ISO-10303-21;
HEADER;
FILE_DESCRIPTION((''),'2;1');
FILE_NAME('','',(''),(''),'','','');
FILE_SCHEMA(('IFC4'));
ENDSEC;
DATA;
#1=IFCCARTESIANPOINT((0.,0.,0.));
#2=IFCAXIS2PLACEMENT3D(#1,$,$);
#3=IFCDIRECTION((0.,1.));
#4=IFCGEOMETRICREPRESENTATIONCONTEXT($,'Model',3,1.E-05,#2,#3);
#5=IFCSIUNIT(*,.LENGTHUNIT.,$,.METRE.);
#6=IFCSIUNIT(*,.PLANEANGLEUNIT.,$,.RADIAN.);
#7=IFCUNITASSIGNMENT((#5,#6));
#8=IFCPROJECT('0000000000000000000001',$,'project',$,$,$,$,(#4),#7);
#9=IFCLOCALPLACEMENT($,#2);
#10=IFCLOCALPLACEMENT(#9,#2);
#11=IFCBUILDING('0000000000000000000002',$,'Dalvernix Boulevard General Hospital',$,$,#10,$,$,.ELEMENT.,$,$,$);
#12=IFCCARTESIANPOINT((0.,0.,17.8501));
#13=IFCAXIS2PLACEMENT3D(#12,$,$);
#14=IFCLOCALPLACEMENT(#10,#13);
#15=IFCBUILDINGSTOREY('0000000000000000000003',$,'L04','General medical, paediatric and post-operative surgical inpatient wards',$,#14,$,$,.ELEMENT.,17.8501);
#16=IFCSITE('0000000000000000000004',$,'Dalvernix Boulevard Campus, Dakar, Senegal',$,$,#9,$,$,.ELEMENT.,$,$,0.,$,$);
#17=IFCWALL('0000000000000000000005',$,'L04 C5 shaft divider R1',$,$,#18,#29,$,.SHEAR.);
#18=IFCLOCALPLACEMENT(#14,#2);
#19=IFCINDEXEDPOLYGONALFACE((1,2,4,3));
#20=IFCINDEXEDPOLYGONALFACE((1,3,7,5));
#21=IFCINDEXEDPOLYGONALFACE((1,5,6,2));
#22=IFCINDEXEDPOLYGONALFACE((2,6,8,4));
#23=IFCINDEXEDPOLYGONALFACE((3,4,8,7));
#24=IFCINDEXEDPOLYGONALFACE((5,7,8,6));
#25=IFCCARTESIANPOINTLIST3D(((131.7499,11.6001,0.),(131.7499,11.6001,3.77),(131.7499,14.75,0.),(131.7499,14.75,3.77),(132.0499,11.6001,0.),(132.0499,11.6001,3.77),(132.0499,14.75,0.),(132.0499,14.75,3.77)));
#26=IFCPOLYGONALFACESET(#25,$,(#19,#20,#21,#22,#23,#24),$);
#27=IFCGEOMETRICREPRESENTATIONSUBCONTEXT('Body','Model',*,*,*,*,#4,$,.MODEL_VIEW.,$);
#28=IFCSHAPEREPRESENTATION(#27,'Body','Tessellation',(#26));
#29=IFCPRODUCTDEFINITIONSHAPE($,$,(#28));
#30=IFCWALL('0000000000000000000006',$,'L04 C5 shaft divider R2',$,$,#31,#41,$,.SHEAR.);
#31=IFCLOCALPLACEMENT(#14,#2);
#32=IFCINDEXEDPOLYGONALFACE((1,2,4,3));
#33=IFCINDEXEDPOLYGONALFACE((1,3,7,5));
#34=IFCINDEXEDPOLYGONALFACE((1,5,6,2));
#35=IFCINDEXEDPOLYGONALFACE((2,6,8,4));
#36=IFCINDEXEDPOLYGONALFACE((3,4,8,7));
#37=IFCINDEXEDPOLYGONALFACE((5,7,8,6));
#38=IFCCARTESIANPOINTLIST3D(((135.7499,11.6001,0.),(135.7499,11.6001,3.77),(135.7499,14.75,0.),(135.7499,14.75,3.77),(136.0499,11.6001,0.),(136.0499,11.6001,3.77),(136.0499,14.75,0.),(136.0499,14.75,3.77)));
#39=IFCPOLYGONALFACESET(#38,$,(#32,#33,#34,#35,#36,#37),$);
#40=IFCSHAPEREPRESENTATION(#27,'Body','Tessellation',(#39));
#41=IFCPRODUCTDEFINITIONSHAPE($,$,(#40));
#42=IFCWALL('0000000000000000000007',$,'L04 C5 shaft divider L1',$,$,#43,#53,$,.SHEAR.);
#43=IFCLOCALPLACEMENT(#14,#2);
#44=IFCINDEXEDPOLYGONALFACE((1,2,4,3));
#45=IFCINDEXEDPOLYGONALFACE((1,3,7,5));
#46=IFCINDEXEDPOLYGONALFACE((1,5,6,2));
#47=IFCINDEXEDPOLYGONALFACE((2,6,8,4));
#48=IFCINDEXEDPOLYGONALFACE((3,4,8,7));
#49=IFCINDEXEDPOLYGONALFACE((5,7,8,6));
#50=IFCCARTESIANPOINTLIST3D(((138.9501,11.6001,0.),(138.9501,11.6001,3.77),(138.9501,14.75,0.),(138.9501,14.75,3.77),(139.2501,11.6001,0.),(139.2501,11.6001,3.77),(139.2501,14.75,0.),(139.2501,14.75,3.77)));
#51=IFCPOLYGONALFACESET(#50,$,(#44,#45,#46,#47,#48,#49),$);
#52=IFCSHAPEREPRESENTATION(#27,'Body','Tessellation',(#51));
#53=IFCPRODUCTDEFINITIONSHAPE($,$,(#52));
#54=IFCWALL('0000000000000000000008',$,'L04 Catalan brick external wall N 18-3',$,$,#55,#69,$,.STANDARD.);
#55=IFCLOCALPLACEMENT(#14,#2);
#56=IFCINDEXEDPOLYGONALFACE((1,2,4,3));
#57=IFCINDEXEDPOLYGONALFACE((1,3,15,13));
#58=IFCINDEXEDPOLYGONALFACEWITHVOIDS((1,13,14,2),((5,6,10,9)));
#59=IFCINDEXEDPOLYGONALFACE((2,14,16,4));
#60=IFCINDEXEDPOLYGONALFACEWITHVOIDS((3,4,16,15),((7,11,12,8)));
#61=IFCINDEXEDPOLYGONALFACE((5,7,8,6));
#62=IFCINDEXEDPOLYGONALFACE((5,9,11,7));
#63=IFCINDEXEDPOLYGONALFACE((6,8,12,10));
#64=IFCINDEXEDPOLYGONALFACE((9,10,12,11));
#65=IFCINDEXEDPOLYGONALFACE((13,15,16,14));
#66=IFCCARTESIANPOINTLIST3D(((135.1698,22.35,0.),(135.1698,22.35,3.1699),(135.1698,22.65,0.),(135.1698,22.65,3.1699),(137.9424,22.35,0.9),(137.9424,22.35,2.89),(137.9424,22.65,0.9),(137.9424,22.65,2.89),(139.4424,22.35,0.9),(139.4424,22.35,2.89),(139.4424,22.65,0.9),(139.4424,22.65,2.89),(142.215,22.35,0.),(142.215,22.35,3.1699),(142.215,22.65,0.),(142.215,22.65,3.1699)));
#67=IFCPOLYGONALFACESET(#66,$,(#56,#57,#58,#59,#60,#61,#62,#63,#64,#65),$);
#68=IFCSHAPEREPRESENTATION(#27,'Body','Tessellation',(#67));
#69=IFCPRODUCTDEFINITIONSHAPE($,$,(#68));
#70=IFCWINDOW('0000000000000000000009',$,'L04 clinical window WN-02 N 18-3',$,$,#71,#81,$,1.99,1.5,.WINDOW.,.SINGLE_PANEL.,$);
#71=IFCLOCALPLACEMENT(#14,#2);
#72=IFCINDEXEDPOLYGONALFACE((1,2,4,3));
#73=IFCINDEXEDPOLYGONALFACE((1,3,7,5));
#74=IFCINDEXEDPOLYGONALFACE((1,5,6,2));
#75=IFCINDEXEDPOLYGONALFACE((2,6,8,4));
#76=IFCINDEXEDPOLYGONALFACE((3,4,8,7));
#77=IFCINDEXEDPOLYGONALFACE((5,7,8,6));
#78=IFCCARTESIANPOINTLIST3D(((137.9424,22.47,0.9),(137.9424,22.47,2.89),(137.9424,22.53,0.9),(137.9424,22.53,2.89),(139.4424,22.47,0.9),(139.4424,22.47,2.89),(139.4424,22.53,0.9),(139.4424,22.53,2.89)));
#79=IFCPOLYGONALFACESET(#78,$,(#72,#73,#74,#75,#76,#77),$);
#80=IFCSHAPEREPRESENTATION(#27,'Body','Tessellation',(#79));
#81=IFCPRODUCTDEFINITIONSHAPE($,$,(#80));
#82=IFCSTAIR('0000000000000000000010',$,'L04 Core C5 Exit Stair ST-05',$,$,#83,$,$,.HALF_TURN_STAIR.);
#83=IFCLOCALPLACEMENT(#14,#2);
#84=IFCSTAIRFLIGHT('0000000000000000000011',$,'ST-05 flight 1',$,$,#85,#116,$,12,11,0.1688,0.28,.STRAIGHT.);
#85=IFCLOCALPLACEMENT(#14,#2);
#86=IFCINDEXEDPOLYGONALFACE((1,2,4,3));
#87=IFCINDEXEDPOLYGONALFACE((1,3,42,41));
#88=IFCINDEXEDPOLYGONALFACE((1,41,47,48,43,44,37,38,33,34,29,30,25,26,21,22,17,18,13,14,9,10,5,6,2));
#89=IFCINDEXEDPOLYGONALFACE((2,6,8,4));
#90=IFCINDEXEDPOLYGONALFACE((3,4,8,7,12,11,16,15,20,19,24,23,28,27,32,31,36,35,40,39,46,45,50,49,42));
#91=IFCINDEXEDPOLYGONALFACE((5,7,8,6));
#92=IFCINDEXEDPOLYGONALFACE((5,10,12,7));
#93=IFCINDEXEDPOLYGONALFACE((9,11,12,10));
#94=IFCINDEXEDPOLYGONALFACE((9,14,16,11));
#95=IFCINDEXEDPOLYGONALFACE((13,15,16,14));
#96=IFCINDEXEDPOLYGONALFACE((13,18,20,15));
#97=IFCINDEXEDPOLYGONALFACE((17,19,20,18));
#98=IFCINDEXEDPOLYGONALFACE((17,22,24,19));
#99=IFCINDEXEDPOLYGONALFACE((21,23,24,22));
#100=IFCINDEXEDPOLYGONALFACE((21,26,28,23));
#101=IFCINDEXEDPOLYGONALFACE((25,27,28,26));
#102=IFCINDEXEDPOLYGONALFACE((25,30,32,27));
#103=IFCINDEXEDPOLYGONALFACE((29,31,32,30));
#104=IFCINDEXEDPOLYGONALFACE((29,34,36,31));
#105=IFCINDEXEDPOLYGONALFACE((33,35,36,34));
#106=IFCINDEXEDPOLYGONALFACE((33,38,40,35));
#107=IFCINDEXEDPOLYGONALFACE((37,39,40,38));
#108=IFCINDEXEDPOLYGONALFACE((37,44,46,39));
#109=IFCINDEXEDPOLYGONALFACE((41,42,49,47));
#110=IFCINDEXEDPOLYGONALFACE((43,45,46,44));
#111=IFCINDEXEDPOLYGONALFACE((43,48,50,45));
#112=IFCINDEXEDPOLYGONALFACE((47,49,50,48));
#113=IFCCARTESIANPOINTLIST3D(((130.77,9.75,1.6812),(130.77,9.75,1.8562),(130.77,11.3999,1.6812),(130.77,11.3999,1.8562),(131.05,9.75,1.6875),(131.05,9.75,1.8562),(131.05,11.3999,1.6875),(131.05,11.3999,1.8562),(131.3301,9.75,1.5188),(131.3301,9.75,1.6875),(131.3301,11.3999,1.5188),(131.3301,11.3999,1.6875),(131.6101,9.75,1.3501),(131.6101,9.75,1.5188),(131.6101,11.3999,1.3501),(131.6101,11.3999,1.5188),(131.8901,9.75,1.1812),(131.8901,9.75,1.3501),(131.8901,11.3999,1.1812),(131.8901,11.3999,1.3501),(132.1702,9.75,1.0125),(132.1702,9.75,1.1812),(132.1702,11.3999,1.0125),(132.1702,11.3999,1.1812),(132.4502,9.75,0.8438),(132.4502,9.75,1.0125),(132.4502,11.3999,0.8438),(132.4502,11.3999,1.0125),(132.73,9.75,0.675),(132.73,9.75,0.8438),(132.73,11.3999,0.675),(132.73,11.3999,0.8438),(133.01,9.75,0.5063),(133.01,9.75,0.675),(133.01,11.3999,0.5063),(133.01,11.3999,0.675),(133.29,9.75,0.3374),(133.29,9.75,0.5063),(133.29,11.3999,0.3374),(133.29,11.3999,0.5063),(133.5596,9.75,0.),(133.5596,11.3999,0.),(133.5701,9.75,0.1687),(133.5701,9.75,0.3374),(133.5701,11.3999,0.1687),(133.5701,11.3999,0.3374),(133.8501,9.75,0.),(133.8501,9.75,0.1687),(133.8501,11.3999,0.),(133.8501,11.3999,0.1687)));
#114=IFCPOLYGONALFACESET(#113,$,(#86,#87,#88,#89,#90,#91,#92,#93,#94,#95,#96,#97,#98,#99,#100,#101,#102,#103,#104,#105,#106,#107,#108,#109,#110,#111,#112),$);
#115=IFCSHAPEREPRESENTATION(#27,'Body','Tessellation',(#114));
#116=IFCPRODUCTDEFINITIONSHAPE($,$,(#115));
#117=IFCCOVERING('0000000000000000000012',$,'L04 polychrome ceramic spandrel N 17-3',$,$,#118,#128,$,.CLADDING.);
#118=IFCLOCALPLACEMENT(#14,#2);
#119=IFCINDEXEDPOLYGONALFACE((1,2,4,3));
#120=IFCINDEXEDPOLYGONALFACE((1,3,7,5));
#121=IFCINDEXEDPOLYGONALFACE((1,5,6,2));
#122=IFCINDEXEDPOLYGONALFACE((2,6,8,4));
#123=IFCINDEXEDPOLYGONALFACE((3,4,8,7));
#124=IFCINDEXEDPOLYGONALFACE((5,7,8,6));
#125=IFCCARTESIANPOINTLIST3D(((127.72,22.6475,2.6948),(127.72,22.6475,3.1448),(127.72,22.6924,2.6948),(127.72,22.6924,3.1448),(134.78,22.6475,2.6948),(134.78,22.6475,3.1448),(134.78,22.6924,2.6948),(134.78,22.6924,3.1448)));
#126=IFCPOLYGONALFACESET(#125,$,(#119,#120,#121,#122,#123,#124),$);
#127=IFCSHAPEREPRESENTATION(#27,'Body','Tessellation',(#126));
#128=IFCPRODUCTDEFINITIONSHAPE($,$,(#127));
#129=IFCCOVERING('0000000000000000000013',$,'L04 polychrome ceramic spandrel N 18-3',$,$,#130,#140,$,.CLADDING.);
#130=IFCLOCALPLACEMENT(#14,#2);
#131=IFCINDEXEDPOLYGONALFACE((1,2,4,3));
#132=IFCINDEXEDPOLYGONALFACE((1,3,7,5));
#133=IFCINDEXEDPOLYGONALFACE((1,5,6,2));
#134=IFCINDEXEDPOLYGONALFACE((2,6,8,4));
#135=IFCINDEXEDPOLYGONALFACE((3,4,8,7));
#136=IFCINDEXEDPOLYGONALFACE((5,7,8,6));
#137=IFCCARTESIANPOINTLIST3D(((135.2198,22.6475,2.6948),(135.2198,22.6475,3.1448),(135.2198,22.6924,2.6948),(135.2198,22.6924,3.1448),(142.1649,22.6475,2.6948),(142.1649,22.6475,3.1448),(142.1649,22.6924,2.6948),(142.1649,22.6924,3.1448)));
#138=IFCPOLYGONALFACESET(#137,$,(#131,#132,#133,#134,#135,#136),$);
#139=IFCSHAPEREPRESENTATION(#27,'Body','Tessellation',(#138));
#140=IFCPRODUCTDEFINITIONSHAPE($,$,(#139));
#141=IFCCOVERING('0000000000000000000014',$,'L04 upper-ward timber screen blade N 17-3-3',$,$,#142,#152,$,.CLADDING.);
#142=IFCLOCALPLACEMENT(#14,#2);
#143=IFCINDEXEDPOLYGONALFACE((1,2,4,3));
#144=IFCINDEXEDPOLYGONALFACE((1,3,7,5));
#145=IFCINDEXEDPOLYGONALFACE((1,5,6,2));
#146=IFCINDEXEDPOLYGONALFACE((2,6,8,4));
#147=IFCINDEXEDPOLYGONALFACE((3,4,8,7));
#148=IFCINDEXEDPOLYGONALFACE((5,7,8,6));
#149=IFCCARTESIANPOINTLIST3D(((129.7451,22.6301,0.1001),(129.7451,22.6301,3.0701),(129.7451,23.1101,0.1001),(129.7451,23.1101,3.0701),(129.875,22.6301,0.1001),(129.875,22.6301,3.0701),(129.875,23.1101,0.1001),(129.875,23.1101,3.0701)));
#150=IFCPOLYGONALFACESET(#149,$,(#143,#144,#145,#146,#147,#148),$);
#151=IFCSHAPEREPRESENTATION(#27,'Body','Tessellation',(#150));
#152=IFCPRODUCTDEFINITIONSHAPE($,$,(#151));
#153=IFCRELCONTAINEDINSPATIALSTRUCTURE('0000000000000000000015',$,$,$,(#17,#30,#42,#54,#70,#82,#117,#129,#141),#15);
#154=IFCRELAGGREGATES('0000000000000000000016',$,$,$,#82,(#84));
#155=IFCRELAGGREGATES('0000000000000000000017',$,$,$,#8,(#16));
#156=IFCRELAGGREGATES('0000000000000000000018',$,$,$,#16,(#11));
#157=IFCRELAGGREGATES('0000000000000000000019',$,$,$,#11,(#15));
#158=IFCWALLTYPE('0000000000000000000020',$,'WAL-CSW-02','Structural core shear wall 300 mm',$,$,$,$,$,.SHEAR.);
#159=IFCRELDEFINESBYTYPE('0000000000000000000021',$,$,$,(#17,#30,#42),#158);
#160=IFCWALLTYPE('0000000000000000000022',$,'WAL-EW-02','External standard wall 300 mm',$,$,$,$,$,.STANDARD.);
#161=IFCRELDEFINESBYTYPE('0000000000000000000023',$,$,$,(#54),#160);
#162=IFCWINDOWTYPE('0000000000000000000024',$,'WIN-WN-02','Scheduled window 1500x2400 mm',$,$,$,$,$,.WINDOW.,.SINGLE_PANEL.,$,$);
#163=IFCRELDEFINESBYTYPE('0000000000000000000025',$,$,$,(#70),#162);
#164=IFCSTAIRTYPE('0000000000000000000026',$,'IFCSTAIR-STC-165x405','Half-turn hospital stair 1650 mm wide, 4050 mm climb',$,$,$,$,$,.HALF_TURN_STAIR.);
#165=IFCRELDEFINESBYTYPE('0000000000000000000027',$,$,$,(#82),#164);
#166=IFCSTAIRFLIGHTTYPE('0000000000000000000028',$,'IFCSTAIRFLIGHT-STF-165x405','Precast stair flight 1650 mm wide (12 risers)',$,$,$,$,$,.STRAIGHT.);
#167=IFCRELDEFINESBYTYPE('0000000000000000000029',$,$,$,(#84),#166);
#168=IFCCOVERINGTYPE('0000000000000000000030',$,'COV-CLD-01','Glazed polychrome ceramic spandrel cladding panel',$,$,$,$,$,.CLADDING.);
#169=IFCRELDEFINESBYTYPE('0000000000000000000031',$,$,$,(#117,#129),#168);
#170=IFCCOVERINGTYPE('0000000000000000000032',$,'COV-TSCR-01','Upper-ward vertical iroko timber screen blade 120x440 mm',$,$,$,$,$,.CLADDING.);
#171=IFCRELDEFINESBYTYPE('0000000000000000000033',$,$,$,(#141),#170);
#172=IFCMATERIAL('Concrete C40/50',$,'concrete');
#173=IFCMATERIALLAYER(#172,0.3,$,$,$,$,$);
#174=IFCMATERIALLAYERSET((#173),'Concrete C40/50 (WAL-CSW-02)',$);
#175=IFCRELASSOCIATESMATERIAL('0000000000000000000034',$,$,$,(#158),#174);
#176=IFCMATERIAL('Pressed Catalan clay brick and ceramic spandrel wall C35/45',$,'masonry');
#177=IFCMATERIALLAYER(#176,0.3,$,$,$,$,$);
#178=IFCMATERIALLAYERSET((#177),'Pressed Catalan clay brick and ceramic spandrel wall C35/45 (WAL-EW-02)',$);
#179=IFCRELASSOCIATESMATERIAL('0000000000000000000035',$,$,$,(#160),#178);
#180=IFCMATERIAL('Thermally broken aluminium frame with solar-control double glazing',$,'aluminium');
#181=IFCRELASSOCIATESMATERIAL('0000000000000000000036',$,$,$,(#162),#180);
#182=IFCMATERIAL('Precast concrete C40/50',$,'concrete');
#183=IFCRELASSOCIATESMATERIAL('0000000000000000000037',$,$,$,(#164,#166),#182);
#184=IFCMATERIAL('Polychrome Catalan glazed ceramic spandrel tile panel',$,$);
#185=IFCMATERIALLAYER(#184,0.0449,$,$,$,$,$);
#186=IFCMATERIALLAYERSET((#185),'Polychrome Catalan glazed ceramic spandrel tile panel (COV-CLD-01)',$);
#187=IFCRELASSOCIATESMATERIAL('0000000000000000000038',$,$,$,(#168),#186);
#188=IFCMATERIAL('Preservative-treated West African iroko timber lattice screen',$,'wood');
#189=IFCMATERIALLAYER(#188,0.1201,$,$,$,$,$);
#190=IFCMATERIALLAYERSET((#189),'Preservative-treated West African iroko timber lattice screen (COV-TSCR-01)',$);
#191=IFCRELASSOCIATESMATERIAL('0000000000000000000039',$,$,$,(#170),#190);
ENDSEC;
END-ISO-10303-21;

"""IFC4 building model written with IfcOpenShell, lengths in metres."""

from ifc_helpers import new_model, si_unit, direction, frame, frame_2d, origin, origin_2d, place, context, subcontext, project, spatial, polyline, rectangle, outline, extrude, material, layer, layer_set, type_object, element, fill, aggregate, save


model = new_model("IFC4")

# Units and contexts
model_context = context("Model", 3, precision=1e-05, world=origin(), true_north=direction((0.0, 1.0)))
body_context = subcontext(model_context, "Body", "Model", "MODEL_VIEW")
ifc_project = project(units=[si_unit("LENGTHUNIT", "METRE"), si_unit("PLANEANGLEUNIT", "RADIAN")], contexts=[model_context])

# Site, building, storey
site_placement = place(None, origin())
site = spatial("IfcSite", under=ifc_project, at=site_placement, Name="Dalvernix Boulevard Campus, Dakar, Senegal", CompositionType="ELEMENT", RefElevation=0.0)
building_placement = place(site_placement, origin())
building = spatial("IfcBuilding", under=site, at=building_placement, Name="Dalvernix Boulevard General Hospital", CompositionType="ELEMENT")
storey_placement = place(building_placement, frame((0.0, 0.0, 17.8501)))
storey = spatial("IfcBuildingStorey", under=building, at=storey_placement, Name="L04", Description="General medical, paediatric and post-operative surgical inpatient wards", CompositionType="ELEMENT", Elevation=17.8501)

# Shared definitions
ifc_material_1 = material(Name="Concrete C40/50", Category="concrete")

# Shared definitions
ifc_layer_1 = layer(ifc_material_1, 0.3)
ifc_layer_set_1 = layer_set([ifc_layer_1], Name="Concrete C40/50 (WAL-CSW-02)")
wall_type_1 = type_object("IfcWallType", Name="WAL-CSW-02", Description="Structural core shear wall 300 mm", PredefinedType="SHEAR", material=ifc_layer_set_1)

# Walls
for number, where, z_axis, x_axis, name in (
    (1, (131.8999, 11.6001, 0.0), (0.0, 0.0, 1.0), (0.0, 1.0, 0.0), "L04 C5 shaft divider R1"),
    (2, (135.8999, 11.6001, 0.0), (0.0, 0.0, 1.0), (0.0, 1.0, 0.0), "L04 C5 shaft divider R2"),
    (3, (139.1001, 11.6001, 0.0), (0.0, 0.0, 1.0), (0.0, 1.0, 0.0), "L04 C5 shaft divider L1"),
):
    element("IfcWall", number, at=place(storey_placement, frame(where, z_axis=z_axis, x_axis=x_axis)), inside=storey, type_object=wall_type_1, Name=name, PredefinedType="SHEAR", context=body_context, shape_type="SweptSolid", body=[
        extrude(rectangle(XDim=3.1499, YDim=0.3, at=frame_2d((1.575, 0.0))), origin(), (0.0, 0.0, 1.0), 3.77),
    ])

# Wall, opening, window
ifc_material_2 = material(Name="Pressed Catalan clay brick and ceramic spandrel wall C35/45", Category="masonry")
ifc_layer_2 = layer(ifc_material_2, 0.3)
ifc_layer_set_2 = layer_set([ifc_layer_2], Name="Pressed Catalan clay brick and ceramic spandrel wall C35/45 (WAL-EW-02)")
wall_type_2 = type_object("IfcWallType", Name="WAL-EW-02", Description="External standard wall 300 mm", PredefinedType="STANDARD", material=ifc_layer_set_2)
wall_1_placement = place(storey_placement, frame((135.1699, 22.5, 0.0), z_axis=(0.0, 0.0, 1.0), x_axis=(1.0, 0.0, 0.0)))
wall_1 = element("IfcWall", 4, at=wall_1_placement, inside=storey, type_object=wall_type_2, Name="L04 Catalan brick external wall N 18-3", PredefinedType="STANDARD", context=body_context, shape_type="SweptSolid", body=[
    extrude(rectangle(XDim=7.0452, YDim=0.3, at=frame_2d((3.5225, 0.0))), origin(), (0.0, 0.0, 1.0), 3.1699),
])
opening_1_placement = place(wall_1_placement, frame((2.7725, 0.0, 0.8999)))
opening_1 = element("IfcOpeningElement", 5, at=opening_1_placement, cuts=wall_1, PredefinedType="OPENING", context=body_context, shape_type="SweptSolid", body=[
    extrude(rectangle(XDim=1.5, YDim=1.99, at=frame_2d((0.75, 0.9951))), frame((0.0, 0.1599, 0.0), z_axis=(0.0, -1.0, 0.0), x_axis=(1.0, 0.0, 0.0)), (0.0, 0.0, 1.0), 0.3201),
])
ifc_material_3 = material(Name="Thermally broken aluminium frame with solar-control double glazing", Category="aluminium")
window_type = type_object("IfcWindowType", Name="WIN-WN-02", Description="Scheduled window 1500x2400 mm", PartitioningType="SINGLE_PANEL", PredefinedType="WINDOW", material=ifc_material_3)
window_placement = place(opening_1_placement, origin())
window = element("IfcWindow", 6, at=window_placement, inside=storey, type_object=window_type, Name="L04 clinical window WN-02 N 18-3", OverallHeight=1.99, OverallWidth=1.5, PartitioningType="SINGLE_PANEL", PredefinedType="WINDOW", context=body_context, shape_type="SweptSolid", body=[
    extrude(rectangle(XDim=1.5, YDim=1.99, at=frame_2d((0.75, 0.9951))), frame((0.0, 0.03, 0.0), z_axis=(0.0, -1.0, 0.0), x_axis=(1.0, 0.0, 0.0)), (0.0, 0.0, 1.0), 0.0601),
])
fill(opening_1, window)

# Stair, stair flight
ifc_material_4 = material(Name="Precast concrete C40/50", Category="concrete")
stair_type = type_object("IfcStairType", Name="IFCSTAIR-STC-165x405", Description="Half-turn hospital stair 1650 mm wide, 4050 mm climb", PredefinedType="HALF_TURN_STAIR", material=ifc_material_4)
stair_placement = place(storey_placement, origin())
stair = element("IfcStair", 7, at=stair_placement, inside=storey, type_object=stair_type, Name="L04 Core C5 Exit Stair ST-05", PredefinedType="HALF_TURN_STAIR")
stair_flight_type = type_object("IfcStairFlightType", Name="IFCSTAIRFLIGHT-STF-165x405", Description="Precast stair flight 1650 mm wide (12 risers)", PredefinedType="STRAIGHT", material=ifc_material_4)
stair_flight_placement = place(storey_placement, frame((133.8501, 10.575, 0.0), z_axis=(0.0, 0.0, 1.0), x_axis=(-1.0, 0.0, 0.0)))
stair_flight = element("IfcStairFlight", 8, at=stair_flight_placement, type_object=stair_flight_type, Name="ST-05 flight 1", NumberOfRisers=12, NumberOfTreads=11, PredefinedType="STRAIGHT", RiserHeight=0.1688, TreadLength=0.28, context=body_context, shape_type="SweptSolid", body=[
    extrude(outline(polyline([(0.0, 0.0), (0.0, 0.1687), (0.28, 0.1687), (0.28, 0.3374), (0.5601, 0.3374), (0.5601, 0.5063), (0.8401, 0.5063), (0.8401, 0.675), (1.1201, 0.675), (1.1201, 0.8438), (1.3999, 0.8438), (1.3999, 1.0125), (1.6799, 1.0125), (1.6799, 1.1812), (1.96, 1.1812), (1.96, 1.3501), (2.24, 1.3501), (2.24, 1.5188), (2.52, 1.5188), (2.52, 1.6875), (2.8, 1.6875), (2.8, 1.8562), (3.0801, 1.8562), (3.0801, 2.0249), (3.0801, 1.6812), (0.2905, 0.0), (0.0, 0.0)])), frame((0.0, 0.825, 0.0), z_axis=(0.0, -1.0, 0.0), x_axis=(1.0, 0.0, 0.0)), (0.0, 0.0, 1.0), 1.6499),
])
aggregate(stair, [stair_flight])

# Coverings
ifc_material_5 = material(Name="Polychrome Catalan glazed ceramic spandrel tile panel")
ifc_layer_3 = layer(ifc_material_5, 0.0449)
ifc_layer_set_3 = layer_set([ifc_layer_3], Name="Polychrome Catalan glazed ceramic spandrel tile panel (COV-CLD-01)")
covering_type_1 = type_object("IfcCoveringType", Name="COV-CLD-01", Description="Glazed polychrome ceramic spandrel cladding panel", PredefinedType="CLADDING", material=ifc_layer_set_3)
covering_1_placement = place(storey_placement, frame((131.25, 22.6699, 2.6948), z_axis=(0.0, 0.0, 1.0), x_axis=(1.0, 0.0, 0.0)))
element("IfcCovering", 9, at=covering_1_placement, inside=storey, type_object=covering_type_1, Name="L04 polychrome ceramic spandrel N 17-3", PredefinedType="CLADDING", context=body_context, shape_type="SweptSolid", body=[
    extrude(rectangle(XDim=7.0601, YDim=0.0449, at=origin_2d()), origin(), (0.0, 0.0, 1.0), 0.45),
])
covering_2_placement = place(storey_placement, frame((138.6924, 22.6699, 2.6948), z_axis=(0.0, 0.0, 1.0), x_axis=(1.0, 0.0, 0.0)))
element("IfcCovering", 10, at=covering_2_placement, inside=storey, type_object=covering_type_1, Name="L04 polychrome ceramic spandrel N 18-3", PredefinedType="CLADDING", context=body_context, shape_type="SweptSolid", body=[
    extrude(rectangle(XDim=6.9451, YDim=0.0449, at=origin_2d()), origin(), (0.0, 0.0, 1.0), 0.45),
])
ifc_material_6 = material(Name="Preservative-treated West African iroko timber lattice screen", Category="wood")
ifc_layer_4 = layer(ifc_material_6, 0.1201)
ifc_layer_set_4 = layer_set([ifc_layer_4], Name="Preservative-treated West African iroko timber lattice screen (COV-TSCR-01)")
covering_type_2 = type_object("IfcCoveringType", Name="COV-TSCR-01", Description="Upper-ward vertical iroko timber screen blade 120x440 mm", PredefinedType="CLADDING", material=ifc_layer_set_4)
covering_3_placement = place(storey_placement, frame((129.8101, 22.8701, 0.1001), z_axis=(0.0, 0.0, 1.0), x_axis=(1.0, 0.0, 0.0)))
element("IfcCovering", 11, at=covering_3_placement, inside=storey, type_object=covering_type_2, Name="L04 upper-ward timber screen blade N 17-3-3", PredefinedType="CLADDING", context=body_context, shape_type="SweptSolid", body=[
    extrude(rectangle(XDim=0.1299, YDim=0.48, at=origin_2d()), origin(), (0.0, 0.0, 1.0), 2.97),
])

save(model, "model.ifc")
